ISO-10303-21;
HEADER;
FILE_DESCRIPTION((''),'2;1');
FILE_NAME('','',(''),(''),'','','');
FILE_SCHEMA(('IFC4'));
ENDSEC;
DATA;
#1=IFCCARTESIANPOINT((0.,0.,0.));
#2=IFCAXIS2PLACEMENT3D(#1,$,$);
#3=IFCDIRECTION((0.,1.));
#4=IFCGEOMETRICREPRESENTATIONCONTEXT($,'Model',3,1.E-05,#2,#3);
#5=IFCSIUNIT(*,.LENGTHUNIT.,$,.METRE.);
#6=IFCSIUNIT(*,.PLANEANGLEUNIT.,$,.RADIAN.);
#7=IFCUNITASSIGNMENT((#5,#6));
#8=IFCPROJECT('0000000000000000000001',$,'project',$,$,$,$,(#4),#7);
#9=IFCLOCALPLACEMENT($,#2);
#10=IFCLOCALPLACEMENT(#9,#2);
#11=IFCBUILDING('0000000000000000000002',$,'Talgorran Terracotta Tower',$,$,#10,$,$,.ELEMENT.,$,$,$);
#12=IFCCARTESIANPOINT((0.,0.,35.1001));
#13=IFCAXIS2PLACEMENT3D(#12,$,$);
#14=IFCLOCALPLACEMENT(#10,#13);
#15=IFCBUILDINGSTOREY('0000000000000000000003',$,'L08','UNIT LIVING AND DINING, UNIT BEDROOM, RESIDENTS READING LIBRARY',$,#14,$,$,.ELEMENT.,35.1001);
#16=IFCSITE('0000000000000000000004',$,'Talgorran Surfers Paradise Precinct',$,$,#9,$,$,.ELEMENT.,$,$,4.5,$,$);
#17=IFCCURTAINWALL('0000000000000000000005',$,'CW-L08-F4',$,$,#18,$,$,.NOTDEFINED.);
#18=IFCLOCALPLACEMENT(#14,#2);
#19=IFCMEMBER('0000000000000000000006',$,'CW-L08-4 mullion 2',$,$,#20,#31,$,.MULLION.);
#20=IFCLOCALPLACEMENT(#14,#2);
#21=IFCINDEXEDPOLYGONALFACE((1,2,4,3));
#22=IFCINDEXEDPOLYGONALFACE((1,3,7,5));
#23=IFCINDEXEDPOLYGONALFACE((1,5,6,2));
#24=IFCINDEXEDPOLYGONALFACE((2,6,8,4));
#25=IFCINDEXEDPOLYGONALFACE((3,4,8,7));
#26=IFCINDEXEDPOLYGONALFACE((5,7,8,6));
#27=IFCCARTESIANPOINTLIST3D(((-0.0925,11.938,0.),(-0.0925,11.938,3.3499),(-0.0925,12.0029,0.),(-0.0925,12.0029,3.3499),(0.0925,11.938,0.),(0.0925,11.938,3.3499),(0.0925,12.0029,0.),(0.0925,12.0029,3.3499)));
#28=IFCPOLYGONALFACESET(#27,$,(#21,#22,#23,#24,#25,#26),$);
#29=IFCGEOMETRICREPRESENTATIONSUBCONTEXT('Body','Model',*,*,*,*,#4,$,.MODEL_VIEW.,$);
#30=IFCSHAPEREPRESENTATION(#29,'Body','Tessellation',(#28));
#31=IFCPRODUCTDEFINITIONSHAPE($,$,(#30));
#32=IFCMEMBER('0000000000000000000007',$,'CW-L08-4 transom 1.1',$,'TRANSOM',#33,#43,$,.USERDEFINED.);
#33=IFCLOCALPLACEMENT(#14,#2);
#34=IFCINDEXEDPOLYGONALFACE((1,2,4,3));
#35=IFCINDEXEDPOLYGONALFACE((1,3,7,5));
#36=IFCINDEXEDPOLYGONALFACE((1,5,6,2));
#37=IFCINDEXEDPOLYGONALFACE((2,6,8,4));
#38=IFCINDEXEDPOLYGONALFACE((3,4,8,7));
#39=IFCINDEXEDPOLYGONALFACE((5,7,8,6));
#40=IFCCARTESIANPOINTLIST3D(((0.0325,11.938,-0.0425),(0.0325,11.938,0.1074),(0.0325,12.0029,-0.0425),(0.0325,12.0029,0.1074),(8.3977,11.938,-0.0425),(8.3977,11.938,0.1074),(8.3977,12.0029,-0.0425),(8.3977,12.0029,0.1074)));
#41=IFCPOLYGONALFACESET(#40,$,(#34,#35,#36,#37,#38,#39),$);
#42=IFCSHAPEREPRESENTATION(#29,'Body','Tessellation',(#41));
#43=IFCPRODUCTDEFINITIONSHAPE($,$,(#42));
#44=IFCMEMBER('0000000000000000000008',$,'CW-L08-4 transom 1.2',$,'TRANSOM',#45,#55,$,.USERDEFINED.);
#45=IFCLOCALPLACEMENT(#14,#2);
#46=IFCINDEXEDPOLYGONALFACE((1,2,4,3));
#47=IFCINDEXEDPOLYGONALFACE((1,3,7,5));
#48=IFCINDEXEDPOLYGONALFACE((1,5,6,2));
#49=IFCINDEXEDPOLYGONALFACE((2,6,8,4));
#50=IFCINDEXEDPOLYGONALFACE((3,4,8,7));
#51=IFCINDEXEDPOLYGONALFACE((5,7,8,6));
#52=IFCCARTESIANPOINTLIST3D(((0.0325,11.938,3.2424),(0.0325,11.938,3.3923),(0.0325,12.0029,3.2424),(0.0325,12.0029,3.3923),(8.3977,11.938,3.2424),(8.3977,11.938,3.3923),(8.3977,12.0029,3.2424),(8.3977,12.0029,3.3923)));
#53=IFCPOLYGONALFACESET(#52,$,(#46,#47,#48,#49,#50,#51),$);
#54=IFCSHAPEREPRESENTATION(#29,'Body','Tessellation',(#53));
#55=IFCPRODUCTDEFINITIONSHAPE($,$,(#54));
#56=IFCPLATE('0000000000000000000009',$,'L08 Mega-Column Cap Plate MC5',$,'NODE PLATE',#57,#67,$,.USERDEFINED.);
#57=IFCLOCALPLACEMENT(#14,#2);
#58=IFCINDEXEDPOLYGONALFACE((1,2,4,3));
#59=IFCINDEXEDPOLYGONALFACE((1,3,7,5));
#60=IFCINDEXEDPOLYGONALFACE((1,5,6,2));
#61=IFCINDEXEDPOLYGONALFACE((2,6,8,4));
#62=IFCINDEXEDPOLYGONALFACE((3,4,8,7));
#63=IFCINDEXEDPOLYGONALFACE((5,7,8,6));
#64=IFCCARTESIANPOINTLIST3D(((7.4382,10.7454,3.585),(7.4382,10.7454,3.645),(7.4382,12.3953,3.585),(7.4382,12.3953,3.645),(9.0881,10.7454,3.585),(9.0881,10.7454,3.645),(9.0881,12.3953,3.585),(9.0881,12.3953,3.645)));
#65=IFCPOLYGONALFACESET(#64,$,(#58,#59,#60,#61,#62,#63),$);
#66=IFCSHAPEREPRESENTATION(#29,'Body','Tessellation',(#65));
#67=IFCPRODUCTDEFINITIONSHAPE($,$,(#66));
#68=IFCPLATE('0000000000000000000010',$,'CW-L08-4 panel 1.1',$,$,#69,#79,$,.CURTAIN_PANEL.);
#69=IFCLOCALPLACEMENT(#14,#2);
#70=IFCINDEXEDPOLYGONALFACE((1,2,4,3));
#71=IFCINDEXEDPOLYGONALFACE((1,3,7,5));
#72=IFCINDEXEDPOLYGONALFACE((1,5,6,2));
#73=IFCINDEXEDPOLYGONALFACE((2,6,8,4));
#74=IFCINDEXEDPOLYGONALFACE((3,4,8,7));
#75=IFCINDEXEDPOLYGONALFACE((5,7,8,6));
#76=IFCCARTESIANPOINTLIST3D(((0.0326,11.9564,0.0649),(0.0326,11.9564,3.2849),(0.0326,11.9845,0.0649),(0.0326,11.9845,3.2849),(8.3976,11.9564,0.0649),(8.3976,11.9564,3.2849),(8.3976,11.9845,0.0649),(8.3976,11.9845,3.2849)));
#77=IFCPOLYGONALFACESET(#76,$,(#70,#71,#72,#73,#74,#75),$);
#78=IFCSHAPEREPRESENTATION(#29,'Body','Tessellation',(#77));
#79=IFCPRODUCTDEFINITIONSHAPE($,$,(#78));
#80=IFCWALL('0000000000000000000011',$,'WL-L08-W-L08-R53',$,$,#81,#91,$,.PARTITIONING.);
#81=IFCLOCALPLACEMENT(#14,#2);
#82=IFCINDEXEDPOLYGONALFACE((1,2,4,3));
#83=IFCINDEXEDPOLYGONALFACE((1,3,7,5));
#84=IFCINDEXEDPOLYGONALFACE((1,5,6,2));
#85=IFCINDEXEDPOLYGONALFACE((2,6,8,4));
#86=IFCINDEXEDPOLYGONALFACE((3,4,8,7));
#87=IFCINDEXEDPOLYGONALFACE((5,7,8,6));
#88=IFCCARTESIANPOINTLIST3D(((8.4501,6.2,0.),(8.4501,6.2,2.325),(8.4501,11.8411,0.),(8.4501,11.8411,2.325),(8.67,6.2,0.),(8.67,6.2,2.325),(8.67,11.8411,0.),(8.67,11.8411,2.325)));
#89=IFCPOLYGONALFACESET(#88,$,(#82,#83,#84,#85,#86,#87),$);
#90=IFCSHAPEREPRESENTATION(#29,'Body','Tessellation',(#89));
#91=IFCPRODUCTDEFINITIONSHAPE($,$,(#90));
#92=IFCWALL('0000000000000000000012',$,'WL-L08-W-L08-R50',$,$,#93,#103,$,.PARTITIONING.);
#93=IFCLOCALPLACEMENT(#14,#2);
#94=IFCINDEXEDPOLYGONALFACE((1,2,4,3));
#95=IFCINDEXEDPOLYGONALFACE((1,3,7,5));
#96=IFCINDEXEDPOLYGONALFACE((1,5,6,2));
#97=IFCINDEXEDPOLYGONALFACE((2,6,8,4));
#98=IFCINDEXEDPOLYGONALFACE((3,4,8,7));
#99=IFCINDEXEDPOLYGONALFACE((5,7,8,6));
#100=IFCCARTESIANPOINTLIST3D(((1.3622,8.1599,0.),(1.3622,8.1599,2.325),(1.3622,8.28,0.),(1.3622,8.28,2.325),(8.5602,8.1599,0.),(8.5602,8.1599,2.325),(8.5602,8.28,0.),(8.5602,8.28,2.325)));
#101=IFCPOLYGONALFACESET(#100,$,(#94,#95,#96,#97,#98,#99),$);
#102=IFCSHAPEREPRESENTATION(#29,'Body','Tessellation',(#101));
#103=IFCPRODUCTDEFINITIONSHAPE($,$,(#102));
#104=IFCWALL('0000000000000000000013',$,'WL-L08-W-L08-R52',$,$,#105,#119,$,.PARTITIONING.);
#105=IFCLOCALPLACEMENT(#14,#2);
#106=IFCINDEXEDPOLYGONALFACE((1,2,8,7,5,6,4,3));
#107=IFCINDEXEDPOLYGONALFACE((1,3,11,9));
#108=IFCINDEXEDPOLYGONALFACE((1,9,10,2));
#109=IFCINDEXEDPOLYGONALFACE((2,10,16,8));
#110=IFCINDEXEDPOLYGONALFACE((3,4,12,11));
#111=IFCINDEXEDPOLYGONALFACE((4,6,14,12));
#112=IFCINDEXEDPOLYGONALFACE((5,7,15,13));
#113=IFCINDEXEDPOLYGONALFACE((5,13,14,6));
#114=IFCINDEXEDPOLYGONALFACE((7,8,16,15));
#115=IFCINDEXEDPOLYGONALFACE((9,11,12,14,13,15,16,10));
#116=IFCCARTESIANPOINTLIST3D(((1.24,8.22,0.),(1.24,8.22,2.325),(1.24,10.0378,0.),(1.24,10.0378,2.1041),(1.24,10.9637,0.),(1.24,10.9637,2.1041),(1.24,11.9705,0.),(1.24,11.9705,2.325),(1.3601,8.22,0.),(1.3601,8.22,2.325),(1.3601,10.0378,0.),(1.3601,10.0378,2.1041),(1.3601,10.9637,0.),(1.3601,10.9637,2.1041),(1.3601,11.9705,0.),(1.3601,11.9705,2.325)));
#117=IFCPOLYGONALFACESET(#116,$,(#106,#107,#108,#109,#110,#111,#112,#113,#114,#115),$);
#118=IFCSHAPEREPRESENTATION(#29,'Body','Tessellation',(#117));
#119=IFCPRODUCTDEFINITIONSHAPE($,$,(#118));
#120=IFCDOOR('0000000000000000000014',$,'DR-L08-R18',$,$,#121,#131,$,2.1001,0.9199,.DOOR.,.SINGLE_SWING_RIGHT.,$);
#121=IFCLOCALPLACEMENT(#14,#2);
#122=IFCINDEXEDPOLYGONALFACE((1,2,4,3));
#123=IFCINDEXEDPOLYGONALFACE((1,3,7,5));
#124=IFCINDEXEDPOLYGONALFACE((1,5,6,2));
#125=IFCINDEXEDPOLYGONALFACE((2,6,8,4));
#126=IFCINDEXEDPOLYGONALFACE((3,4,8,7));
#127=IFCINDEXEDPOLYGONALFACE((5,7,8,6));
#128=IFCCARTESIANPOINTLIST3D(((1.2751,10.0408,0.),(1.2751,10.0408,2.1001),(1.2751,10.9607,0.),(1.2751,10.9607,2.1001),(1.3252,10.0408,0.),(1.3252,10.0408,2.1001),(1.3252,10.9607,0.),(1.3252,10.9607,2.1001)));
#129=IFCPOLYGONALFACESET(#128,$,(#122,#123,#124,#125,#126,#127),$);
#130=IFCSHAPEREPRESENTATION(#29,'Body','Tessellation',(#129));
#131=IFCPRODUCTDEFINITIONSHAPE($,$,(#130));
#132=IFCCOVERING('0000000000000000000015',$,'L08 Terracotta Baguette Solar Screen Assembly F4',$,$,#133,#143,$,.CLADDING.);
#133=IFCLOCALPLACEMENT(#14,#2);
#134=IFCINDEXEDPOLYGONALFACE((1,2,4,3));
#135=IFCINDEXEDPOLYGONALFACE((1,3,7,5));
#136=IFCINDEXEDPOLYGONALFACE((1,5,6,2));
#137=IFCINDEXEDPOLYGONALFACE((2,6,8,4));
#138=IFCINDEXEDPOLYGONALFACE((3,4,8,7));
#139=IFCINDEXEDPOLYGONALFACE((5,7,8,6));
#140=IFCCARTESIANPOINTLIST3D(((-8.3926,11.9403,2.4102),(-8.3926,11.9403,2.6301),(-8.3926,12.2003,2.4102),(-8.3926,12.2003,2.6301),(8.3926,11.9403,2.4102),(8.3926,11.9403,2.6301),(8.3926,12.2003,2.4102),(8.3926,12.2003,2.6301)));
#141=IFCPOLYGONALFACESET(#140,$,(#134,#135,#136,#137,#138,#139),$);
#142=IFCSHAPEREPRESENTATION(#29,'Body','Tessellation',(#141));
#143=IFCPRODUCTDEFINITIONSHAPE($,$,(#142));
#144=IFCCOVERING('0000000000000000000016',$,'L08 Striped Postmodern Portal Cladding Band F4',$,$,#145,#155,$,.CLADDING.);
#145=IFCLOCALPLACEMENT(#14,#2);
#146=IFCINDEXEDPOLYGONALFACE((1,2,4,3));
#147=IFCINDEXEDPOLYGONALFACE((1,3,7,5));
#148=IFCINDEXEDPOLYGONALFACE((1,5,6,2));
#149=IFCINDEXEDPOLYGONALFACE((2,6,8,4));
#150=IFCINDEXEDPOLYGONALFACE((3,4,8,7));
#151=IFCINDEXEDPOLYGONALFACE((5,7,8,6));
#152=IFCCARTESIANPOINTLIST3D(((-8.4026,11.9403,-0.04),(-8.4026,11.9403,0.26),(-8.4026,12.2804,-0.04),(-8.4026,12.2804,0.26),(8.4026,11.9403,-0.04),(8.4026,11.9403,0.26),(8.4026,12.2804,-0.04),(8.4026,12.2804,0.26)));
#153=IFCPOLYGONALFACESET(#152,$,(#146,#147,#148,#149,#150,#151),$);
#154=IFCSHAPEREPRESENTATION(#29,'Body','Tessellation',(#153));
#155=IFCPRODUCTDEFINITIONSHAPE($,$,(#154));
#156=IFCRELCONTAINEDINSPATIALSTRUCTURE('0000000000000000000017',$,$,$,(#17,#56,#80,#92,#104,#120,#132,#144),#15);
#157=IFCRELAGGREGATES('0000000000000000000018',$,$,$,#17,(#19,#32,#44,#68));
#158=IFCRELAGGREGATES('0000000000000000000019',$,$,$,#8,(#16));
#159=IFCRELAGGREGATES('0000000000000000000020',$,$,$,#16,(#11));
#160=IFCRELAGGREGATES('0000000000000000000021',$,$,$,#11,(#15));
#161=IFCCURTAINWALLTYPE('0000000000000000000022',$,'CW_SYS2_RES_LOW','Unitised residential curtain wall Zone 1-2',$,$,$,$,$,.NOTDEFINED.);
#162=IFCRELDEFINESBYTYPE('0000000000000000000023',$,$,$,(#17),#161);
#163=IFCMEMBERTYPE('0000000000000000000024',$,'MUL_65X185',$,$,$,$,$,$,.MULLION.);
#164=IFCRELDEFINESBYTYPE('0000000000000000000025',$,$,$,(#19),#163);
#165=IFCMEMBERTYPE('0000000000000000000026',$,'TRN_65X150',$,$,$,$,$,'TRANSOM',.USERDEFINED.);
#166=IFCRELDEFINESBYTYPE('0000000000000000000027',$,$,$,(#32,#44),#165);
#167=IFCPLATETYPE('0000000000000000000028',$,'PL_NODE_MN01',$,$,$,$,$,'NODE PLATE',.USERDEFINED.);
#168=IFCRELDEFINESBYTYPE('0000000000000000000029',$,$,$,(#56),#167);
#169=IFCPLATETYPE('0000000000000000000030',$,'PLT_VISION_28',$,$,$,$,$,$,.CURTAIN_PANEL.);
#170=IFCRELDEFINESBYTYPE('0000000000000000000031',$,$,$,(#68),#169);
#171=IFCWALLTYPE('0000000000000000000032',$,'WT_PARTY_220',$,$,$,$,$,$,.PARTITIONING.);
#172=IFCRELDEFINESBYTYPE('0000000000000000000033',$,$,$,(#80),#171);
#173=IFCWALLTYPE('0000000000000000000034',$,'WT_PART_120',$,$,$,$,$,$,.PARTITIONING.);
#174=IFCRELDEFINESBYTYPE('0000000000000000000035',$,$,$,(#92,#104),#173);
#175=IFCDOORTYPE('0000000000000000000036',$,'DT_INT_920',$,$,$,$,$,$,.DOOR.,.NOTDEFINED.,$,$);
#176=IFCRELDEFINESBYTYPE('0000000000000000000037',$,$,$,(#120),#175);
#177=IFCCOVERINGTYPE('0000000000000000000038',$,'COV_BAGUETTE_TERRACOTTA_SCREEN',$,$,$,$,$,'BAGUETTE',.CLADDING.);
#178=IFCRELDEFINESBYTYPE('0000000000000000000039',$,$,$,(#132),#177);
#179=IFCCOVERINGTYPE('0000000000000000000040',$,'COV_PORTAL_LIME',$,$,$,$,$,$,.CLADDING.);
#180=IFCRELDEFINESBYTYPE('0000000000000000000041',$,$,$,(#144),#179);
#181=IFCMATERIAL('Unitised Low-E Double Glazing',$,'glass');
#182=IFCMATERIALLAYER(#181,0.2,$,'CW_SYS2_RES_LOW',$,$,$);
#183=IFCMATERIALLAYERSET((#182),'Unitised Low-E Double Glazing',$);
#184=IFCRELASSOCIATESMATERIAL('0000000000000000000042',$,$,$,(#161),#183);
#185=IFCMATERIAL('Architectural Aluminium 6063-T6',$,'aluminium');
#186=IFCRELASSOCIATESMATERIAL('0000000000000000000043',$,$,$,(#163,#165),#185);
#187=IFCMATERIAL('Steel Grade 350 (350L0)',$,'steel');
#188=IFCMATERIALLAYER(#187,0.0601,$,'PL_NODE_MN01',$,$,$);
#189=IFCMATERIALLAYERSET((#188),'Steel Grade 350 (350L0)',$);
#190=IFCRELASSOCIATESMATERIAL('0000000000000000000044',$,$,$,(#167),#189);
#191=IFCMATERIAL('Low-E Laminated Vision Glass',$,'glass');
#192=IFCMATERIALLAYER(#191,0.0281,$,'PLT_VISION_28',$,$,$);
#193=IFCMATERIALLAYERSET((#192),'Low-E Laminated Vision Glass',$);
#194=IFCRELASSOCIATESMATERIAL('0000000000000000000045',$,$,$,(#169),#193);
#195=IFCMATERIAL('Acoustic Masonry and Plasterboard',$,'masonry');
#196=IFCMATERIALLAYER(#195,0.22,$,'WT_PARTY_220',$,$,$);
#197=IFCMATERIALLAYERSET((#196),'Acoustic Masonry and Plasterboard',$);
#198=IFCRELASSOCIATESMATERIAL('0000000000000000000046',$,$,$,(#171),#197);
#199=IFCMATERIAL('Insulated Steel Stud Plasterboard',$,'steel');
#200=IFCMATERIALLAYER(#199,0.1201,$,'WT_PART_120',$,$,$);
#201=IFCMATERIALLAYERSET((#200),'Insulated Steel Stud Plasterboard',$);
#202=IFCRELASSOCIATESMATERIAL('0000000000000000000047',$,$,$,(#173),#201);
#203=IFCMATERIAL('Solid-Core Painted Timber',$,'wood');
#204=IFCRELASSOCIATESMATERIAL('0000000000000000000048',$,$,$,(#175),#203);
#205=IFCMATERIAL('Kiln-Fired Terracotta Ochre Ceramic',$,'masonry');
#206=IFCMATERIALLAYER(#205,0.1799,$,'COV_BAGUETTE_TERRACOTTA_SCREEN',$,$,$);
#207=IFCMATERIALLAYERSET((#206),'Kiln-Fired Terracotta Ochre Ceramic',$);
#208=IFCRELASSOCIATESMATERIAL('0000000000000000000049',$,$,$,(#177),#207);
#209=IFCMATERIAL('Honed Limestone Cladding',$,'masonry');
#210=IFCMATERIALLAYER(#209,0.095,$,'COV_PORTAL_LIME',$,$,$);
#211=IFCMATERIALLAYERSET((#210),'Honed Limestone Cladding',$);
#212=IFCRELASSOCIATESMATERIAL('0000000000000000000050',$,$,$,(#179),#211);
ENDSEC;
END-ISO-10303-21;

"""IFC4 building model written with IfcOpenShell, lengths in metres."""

from ifc_helpers import new_model, si_unit, direction, frame, frame_2d, origin, origin_2d, place, context, subcontext, project, spatial, rectangle, extrude, source, transform, mapped, material, layer, layer_set, material_profile, profile_set, type_object, type_shapes, element, fill, aggregate, save


model = new_model("IFC4")

# Units and contexts
model_context = context("Model", 3, precision=1e-05, world=origin(), true_north=direction((0.0, 1.0)))
body_context = subcontext(model_context, "Body", "Model", "MODEL_VIEW")
ifc_project = project(units=[si_unit("LENGTHUNIT", "METRE"), si_unit("PLANEANGLEUNIT", "RADIAN")], contexts=[model_context])

# Site, building, storey
site_placement = place(None, origin())
site = spatial("IfcSite", under=ifc_project, at=site_placement, Name="Talgorran Surfers Paradise Precinct", CompositionType="ELEMENT", RefElevation=4.5)
building_placement = place(site_placement, origin())
building = spatial("IfcBuilding", under=site, at=building_placement, Name="Talgorran Terracotta Tower", CompositionType="ELEMENT")
storey_placement = place(building_placement, frame((0.0, 0.0, 35.1001)))
storey = spatial("IfcBuildingStorey", under=building, at=storey_placement, Name="L08", Description="UNIT LIVING AND DINING, UNIT BEDROOM, RESIDENTS READING LIBRARY", CompositionType="ELEMENT", Elevation=35.1001)

# Shared definitions
ifc_material_1 = material(Name="Steel Grade 350 (350L0)", Category="steel")

# Shared definitions
ifc_material_2 = material(Name="Unitised Low-E Double Glazing", Category="glass")
ifc_layer_1 = layer(ifc_material_2, 0.2, Name="CW_SYS2_RES_LOW")
ifc_layer_set_1 = layer_set([ifc_layer_1], Name="Unitised Low-E Double Glazing")
curtain_wall_type = type_object("IfcCurtainWallType", Name="CW_SYS2_RES_LOW", Description="Unitised residential curtain wall Zone 1-2", PredefinedType="NOTDEFINED", material=ifc_layer_set_1)
ifc_material_3 = material(Name="Architectural Aluminium 6063-T6", Category="aluminium")
ifc_material_profile_1 = material_profile(ifc_material_3, rectangle(XDim=0.0649, YDim=0.1851, at=origin_2d()), Name="CWM65X185")
ifc_profile_set_1 = profile_set([ifc_material_profile_1], Name="Architectural Aluminium 6063-T6")
member_type_1 = type_object("IfcMemberType", Name="MUL_65X185", PredefinedType="MULLION", material=ifc_profile_set_1)

# Curtain wall, members
curtain_wall_1_placement = place(storey_placement, origin())
curtain_wall_1 = element("IfcCurtainWall", 1, at=curtain_wall_1_placement, inside=storey, type_object=curtain_wall_type, Name="CW-L08-F4", PredefinedType="NOTDEFINED")
member_1_placement = place(storey_placement, frame((0.0, 11.9705, 0.0), z_axis=(0.0, 0.0, 1.0), x_axis=(0.0, -1.0, 0.0)))
member_1 = element("IfcMember", 2, at=member_1_placement, type_object=member_type_1, Name="CW-L08-4 mullion 2", PredefinedType="MULLION", context=body_context, shape_type="SweptSolid", body=[
    extrude(rectangle(XDim=0.0649, YDim=0.1851, at=origin_2d()), origin(), (0.0, 0.0, 1.0), 3.3499),
])
ifc_material_profile_2 = material_profile(ifc_material_3, rectangle(XDim=0.0649, YDim=0.1499, at=origin_2d()), Name="CWT65X150")
ifc_profile_set_2 = profile_set([ifc_material_profile_2], Name="Architectural Aluminium 6063-T6")
member_type_2 = type_object("IfcMemberType", Name="TRN_65X150", ElementType="TRANSOM", PredefinedType="USERDEFINED", material=ifc_profile_set_2)
member_2_placement = place(storey_placement, frame((8.3977, 11.9705, 0.0325), z_axis=(-1.0, 0.0, 0.0), x_axis=(0.0, -1.0, 0.0)))
member_2 = element("IfcMember", 3, at=member_2_placement, type_object=member_type_2, Name="CW-L08-4 transom 1.1", ObjectType="TRANSOM", PredefinedType="USERDEFINED", context=body_context, shape_type="SweptSolid", body=[
    extrude(rectangle(XDim=0.0649, YDim=0.1499, at=origin_2d()), origin(), (0.0, 0.0, 1.0), 8.3652),
])
member_3_placement = place(storey_placement, frame((8.3977, 11.9705, 3.3174), z_axis=(-1.0, 0.0, 0.0), x_axis=(0.0, -1.0, 0.0)))
member_3 = element("IfcMember", 4, at=member_3_placement, type_object=member_type_2, Name="CW-L08-4 transom 1.2", ObjectType="TRANSOM", PredefinedType="USERDEFINED", context=body_context, shape_type="SweptSolid", body=[
    extrude(rectangle(XDim=0.0649, YDim=0.1499, at=origin_2d()), origin(), (0.0, 0.0, 1.0), 8.3652),
])

# Plates
ifc_layer_2 = layer(ifc_material_1, 0.0601, Name="PL_NODE_MN01")
ifc_layer_set_2 = layer_set([ifc_layer_2], Name="Steel Grade 350 (350L0)")
plate_type_1 = type_object("IfcPlateType", Name="PL_NODE_MN01", ElementType="NODE PLATE", PredefinedType="USERDEFINED", material=ifc_layer_set_2)
plate_1_placement = place(storey_placement, frame((8.2632, 11.5703, 3.585), z_axis=(0.0, 0.0, 1.0), x_axis=(1.0, 0.0, 0.0)))
element("IfcPlate", 5, at=plate_1_placement, inside=storey, type_object=plate_type_1, Name="L08 Mega-Column Cap Plate MC5", ObjectType="NODE PLATE", PredefinedType="USERDEFINED", context=body_context, shape_type="SweptSolid", body=[
    extrude(rectangle(XDim=1.6499, YDim=1.6499, at=origin_2d()), origin(), (0.0, 0.0, 1.0), 0.0601),
])
ifc_material_4 = material(Name="Low-E Laminated Vision Glass", Category="glass")
ifc_layer_3 = layer(ifc_material_4, 0.0281, Name="PLT_VISION_28")
ifc_layer_set_3 = layer_set([ifc_layer_3], Name="Low-E Laminated Vision Glass")
plate_type_2 = type_object("IfcPlateType", Name="PLT_VISION_28", PredefinedType="CURTAIN_PANEL", material=ifc_layer_set_3)
shared_shape_1 = source(origin(), body_context, "Body", "SweptSolid", [
    extrude(rectangle(XDim=8.365, YDim=0.0281, at=origin_2d()), origin(), (0.0, 0.0, 1.0), 3.22),
])
type_shapes(plate_type_2, [shared_shape_1])
plate_2_placement = place(storey_placement, frame((4.2151, 11.9705, 0.0649), z_axis=(0.0, 0.0, 1.0), x_axis=(-1.0, 0.0, 0.0)))
plate_2 = element("IfcPlate", 6, at=plate_2_placement, type_object=plate_type_2, Name="CW-L08-4 panel 1.1", PredefinedType="CURTAIN_PANEL", context=body_context, shape_type="MappedRepresentation", body=[
    mapped(shared_shape_1, transform((0.0, 0.0, 0.0), scale=1.0)),
])
aggregate(curtain_wall_1, [member_1, member_2, member_3, plate_2])

# Walls
ifc_material_5 = material(Name="Acoustic Masonry and Plasterboard", Category="masonry")
ifc_layer_4 = layer(ifc_material_5, 0.22, Name="WT_PARTY_220")
ifc_layer_set_4 = layer_set([ifc_layer_4], Name="Acoustic Masonry and Plasterboard")
wall_type_1 = type_object("IfcWallType", Name="WT_PARTY_220", PredefinedType="PARTITIONING", material=ifc_layer_set_4)
wall_1_placement = place(storey_placement, frame((8.5601, 6.2, 0.0), z_axis=(0.0, 0.0, 1.0), x_axis=(0.0, 1.0, 0.0)))
element("IfcWall", 7, at=wall_1_placement, inside=storey, type_object=wall_type_1, Name="WL-L08-W-L08-R53", PredefinedType="PARTITIONING", context=body_context, shape_type="SweptSolid", body=[
    extrude(rectangle(XDim=5.6411, YDim=0.22, at=frame_2d((2.8206, 0.0))), origin(), (0.0, 0.0, 1.0), 2.325),
])
ifc_material_6 = material(Name="Insulated Steel Stud Plasterboard", Category="steel")
ifc_layer_5 = layer(ifc_material_6, 0.1201, Name="WT_PART_120")
ifc_layer_set_5 = layer_set([ifc_layer_5], Name="Insulated Steel Stud Plasterboard")
wall_type_2 = type_object("IfcWallType", Name="WT_PART_120", PredefinedType="PARTITIONING", material=ifc_layer_set_5)
wall_2_placement = place(storey_placement, frame((1.3621, 8.22, 0.0), z_axis=(0.0, 0.0, 1.0), x_axis=(1.0, 0.0, 0.0)))
element("IfcWall", 8, at=wall_2_placement, inside=storey, type_object=wall_type_2, Name="WL-L08-W-L08-R50", PredefinedType="PARTITIONING", context=body_context, shape_type="SweptSolid", body=[
    extrude(rectangle(XDim=7.198, YDim=0.1201, at=frame_2d((3.5991, 0.0))), origin(), (0.0, 0.0, 1.0), 2.325),
])

# Wall, opening, door
wall_3_placement = place(storey_placement, frame((1.3, 8.22, 0.0), z_axis=(0.0, 0.0, 1.0), x_axis=(0.0, 1.0, 0.0)))
wall_3 = element("IfcWall", 9, at=wall_3_placement, inside=storey, type_object=wall_type_2, Name="WL-L08-W-L08-R52", PredefinedType="PARTITIONING", context=body_context, shape_type="SweptSolid", body=[
    extrude(rectangle(XDim=3.7505, YDim=0.1201, at=frame_2d((1.8752, 0.0))), origin(), (0.0, 0.0, 1.0), 2.325),
])
opening_placement = place(wall_3_placement, frame((1.8208, 0.0, 0.0)))
opening = element("IfcOpeningElement", 10, at=opening_placement, cuts=wall_3, PredefinedType="OPENING", context=body_context, shape_type="SweptSolid", body=[
    extrude(rectangle(XDim=0.9259, YDim=2.1041, at=frame_2d((0.46, 1.052))), frame((0.0, 0.0701, 0.0), z_axis=(0.0, -1.0, 0.0), x_axis=(1.0, 0.0, 0.0)), (0.0, 0.0, 1.0), 0.1401),
])
ifc_material_7 = material(Name="Solid-Core Painted Timber", Category="wood")
door_type = type_object("IfcDoorType", Name="DT_INT_920", OperationType="NOTDEFINED", PredefinedType="DOOR", material=ifc_material_7)
door_placement = place(opening_placement, origin())
door = element("IfcDoor", 11, at=door_placement, inside=storey, type_object=door_type, Name="DR-L08-R18", OperationType="SINGLE_SWING_RIGHT", OverallHeight=2.1001, OverallWidth=0.9199, PredefinedType="DOOR", context=body_context, shape_type="SweptSolid", body=[
    extrude(rectangle(XDim=0.9199, YDim=2.1001, at=frame_2d((0.46, 1.05))), frame((0.0, 0.0249, 0.0), z_axis=(0.0, -1.0, 0.0), x_axis=(1.0, 0.0, 0.0)), (0.0, 0.0, 1.0), 0.05),
])
fill(opening, door)

# Coverings
ifc_material_8 = material(Name="Kiln-Fired Terracotta Ochre Ceramic", Category="masonry")
ifc_layer_6 = layer(ifc_material_8, 0.1799, Name="COV_BAGUETTE_TERRACOTTA_SCREEN")
ifc_layer_set_6 = layer_set([ifc_layer_6], Name="Kiln-Fired Terracotta Ochre Ceramic")
covering_type_1 = type_object("IfcCoveringType", Name="COV_BAGUETTE_TERRACOTTA_SCREEN", ElementType="BAGUETTE", PredefinedType="CLADDING", material=ifc_layer_set_6)
covering_1_placement = place(storey_placement, frame((0.0, 12.0703, 2.4102), z_axis=(0.0, 0.0, 1.0), x_axis=(-1.0, 0.0, 0.0)))
element("IfcCovering", 12, at=covering_1_placement, inside=storey, type_object=covering_type_1, Name="L08 Terracotta Baguette Solar Screen Assembly F4", PredefinedType="CLADDING", context=body_context, shape_type="SweptSolid", body=[
    extrude(rectangle(XDim=16.7852, YDim=0.26, at=origin_2d()), origin(), (0.0, 0.0, 1.0), 0.22),
])
ifc_material_9 = material(Name="Honed Limestone Cladding", Category="masonry")
ifc_layer_7 = layer(ifc_material_9, 0.095, Name="COV_PORTAL_LIME")
ifc_layer_set_7 = layer_set([ifc_layer_7], Name="Honed Limestone Cladding")
covering_type_2 = type_object("IfcCoveringType", Name="COV_PORTAL_LIME", PredefinedType="CLADDING", material=ifc_layer_set_7)
covering_2_placement = place(storey_placement, frame((0.0, 12.1104, -0.04), z_axis=(0.0, 0.0, 1.0), x_axis=(-1.0, 0.0, 0.0)))
element("IfcCovering", 13, at=covering_2_placement, inside=storey, type_object=covering_type_2, Name="L08 Striped Postmodern Portal Cladding Band F4", PredefinedType="CLADDING", context=body_context, shape_type="SweptSolid", body=[
    extrude(rectangle(XDim=16.8052, YDim=0.3401, at=origin_2d()), origin(), (0.0, 0.0, 1.0), 0.3),
])

save(model, "model.ifc")
